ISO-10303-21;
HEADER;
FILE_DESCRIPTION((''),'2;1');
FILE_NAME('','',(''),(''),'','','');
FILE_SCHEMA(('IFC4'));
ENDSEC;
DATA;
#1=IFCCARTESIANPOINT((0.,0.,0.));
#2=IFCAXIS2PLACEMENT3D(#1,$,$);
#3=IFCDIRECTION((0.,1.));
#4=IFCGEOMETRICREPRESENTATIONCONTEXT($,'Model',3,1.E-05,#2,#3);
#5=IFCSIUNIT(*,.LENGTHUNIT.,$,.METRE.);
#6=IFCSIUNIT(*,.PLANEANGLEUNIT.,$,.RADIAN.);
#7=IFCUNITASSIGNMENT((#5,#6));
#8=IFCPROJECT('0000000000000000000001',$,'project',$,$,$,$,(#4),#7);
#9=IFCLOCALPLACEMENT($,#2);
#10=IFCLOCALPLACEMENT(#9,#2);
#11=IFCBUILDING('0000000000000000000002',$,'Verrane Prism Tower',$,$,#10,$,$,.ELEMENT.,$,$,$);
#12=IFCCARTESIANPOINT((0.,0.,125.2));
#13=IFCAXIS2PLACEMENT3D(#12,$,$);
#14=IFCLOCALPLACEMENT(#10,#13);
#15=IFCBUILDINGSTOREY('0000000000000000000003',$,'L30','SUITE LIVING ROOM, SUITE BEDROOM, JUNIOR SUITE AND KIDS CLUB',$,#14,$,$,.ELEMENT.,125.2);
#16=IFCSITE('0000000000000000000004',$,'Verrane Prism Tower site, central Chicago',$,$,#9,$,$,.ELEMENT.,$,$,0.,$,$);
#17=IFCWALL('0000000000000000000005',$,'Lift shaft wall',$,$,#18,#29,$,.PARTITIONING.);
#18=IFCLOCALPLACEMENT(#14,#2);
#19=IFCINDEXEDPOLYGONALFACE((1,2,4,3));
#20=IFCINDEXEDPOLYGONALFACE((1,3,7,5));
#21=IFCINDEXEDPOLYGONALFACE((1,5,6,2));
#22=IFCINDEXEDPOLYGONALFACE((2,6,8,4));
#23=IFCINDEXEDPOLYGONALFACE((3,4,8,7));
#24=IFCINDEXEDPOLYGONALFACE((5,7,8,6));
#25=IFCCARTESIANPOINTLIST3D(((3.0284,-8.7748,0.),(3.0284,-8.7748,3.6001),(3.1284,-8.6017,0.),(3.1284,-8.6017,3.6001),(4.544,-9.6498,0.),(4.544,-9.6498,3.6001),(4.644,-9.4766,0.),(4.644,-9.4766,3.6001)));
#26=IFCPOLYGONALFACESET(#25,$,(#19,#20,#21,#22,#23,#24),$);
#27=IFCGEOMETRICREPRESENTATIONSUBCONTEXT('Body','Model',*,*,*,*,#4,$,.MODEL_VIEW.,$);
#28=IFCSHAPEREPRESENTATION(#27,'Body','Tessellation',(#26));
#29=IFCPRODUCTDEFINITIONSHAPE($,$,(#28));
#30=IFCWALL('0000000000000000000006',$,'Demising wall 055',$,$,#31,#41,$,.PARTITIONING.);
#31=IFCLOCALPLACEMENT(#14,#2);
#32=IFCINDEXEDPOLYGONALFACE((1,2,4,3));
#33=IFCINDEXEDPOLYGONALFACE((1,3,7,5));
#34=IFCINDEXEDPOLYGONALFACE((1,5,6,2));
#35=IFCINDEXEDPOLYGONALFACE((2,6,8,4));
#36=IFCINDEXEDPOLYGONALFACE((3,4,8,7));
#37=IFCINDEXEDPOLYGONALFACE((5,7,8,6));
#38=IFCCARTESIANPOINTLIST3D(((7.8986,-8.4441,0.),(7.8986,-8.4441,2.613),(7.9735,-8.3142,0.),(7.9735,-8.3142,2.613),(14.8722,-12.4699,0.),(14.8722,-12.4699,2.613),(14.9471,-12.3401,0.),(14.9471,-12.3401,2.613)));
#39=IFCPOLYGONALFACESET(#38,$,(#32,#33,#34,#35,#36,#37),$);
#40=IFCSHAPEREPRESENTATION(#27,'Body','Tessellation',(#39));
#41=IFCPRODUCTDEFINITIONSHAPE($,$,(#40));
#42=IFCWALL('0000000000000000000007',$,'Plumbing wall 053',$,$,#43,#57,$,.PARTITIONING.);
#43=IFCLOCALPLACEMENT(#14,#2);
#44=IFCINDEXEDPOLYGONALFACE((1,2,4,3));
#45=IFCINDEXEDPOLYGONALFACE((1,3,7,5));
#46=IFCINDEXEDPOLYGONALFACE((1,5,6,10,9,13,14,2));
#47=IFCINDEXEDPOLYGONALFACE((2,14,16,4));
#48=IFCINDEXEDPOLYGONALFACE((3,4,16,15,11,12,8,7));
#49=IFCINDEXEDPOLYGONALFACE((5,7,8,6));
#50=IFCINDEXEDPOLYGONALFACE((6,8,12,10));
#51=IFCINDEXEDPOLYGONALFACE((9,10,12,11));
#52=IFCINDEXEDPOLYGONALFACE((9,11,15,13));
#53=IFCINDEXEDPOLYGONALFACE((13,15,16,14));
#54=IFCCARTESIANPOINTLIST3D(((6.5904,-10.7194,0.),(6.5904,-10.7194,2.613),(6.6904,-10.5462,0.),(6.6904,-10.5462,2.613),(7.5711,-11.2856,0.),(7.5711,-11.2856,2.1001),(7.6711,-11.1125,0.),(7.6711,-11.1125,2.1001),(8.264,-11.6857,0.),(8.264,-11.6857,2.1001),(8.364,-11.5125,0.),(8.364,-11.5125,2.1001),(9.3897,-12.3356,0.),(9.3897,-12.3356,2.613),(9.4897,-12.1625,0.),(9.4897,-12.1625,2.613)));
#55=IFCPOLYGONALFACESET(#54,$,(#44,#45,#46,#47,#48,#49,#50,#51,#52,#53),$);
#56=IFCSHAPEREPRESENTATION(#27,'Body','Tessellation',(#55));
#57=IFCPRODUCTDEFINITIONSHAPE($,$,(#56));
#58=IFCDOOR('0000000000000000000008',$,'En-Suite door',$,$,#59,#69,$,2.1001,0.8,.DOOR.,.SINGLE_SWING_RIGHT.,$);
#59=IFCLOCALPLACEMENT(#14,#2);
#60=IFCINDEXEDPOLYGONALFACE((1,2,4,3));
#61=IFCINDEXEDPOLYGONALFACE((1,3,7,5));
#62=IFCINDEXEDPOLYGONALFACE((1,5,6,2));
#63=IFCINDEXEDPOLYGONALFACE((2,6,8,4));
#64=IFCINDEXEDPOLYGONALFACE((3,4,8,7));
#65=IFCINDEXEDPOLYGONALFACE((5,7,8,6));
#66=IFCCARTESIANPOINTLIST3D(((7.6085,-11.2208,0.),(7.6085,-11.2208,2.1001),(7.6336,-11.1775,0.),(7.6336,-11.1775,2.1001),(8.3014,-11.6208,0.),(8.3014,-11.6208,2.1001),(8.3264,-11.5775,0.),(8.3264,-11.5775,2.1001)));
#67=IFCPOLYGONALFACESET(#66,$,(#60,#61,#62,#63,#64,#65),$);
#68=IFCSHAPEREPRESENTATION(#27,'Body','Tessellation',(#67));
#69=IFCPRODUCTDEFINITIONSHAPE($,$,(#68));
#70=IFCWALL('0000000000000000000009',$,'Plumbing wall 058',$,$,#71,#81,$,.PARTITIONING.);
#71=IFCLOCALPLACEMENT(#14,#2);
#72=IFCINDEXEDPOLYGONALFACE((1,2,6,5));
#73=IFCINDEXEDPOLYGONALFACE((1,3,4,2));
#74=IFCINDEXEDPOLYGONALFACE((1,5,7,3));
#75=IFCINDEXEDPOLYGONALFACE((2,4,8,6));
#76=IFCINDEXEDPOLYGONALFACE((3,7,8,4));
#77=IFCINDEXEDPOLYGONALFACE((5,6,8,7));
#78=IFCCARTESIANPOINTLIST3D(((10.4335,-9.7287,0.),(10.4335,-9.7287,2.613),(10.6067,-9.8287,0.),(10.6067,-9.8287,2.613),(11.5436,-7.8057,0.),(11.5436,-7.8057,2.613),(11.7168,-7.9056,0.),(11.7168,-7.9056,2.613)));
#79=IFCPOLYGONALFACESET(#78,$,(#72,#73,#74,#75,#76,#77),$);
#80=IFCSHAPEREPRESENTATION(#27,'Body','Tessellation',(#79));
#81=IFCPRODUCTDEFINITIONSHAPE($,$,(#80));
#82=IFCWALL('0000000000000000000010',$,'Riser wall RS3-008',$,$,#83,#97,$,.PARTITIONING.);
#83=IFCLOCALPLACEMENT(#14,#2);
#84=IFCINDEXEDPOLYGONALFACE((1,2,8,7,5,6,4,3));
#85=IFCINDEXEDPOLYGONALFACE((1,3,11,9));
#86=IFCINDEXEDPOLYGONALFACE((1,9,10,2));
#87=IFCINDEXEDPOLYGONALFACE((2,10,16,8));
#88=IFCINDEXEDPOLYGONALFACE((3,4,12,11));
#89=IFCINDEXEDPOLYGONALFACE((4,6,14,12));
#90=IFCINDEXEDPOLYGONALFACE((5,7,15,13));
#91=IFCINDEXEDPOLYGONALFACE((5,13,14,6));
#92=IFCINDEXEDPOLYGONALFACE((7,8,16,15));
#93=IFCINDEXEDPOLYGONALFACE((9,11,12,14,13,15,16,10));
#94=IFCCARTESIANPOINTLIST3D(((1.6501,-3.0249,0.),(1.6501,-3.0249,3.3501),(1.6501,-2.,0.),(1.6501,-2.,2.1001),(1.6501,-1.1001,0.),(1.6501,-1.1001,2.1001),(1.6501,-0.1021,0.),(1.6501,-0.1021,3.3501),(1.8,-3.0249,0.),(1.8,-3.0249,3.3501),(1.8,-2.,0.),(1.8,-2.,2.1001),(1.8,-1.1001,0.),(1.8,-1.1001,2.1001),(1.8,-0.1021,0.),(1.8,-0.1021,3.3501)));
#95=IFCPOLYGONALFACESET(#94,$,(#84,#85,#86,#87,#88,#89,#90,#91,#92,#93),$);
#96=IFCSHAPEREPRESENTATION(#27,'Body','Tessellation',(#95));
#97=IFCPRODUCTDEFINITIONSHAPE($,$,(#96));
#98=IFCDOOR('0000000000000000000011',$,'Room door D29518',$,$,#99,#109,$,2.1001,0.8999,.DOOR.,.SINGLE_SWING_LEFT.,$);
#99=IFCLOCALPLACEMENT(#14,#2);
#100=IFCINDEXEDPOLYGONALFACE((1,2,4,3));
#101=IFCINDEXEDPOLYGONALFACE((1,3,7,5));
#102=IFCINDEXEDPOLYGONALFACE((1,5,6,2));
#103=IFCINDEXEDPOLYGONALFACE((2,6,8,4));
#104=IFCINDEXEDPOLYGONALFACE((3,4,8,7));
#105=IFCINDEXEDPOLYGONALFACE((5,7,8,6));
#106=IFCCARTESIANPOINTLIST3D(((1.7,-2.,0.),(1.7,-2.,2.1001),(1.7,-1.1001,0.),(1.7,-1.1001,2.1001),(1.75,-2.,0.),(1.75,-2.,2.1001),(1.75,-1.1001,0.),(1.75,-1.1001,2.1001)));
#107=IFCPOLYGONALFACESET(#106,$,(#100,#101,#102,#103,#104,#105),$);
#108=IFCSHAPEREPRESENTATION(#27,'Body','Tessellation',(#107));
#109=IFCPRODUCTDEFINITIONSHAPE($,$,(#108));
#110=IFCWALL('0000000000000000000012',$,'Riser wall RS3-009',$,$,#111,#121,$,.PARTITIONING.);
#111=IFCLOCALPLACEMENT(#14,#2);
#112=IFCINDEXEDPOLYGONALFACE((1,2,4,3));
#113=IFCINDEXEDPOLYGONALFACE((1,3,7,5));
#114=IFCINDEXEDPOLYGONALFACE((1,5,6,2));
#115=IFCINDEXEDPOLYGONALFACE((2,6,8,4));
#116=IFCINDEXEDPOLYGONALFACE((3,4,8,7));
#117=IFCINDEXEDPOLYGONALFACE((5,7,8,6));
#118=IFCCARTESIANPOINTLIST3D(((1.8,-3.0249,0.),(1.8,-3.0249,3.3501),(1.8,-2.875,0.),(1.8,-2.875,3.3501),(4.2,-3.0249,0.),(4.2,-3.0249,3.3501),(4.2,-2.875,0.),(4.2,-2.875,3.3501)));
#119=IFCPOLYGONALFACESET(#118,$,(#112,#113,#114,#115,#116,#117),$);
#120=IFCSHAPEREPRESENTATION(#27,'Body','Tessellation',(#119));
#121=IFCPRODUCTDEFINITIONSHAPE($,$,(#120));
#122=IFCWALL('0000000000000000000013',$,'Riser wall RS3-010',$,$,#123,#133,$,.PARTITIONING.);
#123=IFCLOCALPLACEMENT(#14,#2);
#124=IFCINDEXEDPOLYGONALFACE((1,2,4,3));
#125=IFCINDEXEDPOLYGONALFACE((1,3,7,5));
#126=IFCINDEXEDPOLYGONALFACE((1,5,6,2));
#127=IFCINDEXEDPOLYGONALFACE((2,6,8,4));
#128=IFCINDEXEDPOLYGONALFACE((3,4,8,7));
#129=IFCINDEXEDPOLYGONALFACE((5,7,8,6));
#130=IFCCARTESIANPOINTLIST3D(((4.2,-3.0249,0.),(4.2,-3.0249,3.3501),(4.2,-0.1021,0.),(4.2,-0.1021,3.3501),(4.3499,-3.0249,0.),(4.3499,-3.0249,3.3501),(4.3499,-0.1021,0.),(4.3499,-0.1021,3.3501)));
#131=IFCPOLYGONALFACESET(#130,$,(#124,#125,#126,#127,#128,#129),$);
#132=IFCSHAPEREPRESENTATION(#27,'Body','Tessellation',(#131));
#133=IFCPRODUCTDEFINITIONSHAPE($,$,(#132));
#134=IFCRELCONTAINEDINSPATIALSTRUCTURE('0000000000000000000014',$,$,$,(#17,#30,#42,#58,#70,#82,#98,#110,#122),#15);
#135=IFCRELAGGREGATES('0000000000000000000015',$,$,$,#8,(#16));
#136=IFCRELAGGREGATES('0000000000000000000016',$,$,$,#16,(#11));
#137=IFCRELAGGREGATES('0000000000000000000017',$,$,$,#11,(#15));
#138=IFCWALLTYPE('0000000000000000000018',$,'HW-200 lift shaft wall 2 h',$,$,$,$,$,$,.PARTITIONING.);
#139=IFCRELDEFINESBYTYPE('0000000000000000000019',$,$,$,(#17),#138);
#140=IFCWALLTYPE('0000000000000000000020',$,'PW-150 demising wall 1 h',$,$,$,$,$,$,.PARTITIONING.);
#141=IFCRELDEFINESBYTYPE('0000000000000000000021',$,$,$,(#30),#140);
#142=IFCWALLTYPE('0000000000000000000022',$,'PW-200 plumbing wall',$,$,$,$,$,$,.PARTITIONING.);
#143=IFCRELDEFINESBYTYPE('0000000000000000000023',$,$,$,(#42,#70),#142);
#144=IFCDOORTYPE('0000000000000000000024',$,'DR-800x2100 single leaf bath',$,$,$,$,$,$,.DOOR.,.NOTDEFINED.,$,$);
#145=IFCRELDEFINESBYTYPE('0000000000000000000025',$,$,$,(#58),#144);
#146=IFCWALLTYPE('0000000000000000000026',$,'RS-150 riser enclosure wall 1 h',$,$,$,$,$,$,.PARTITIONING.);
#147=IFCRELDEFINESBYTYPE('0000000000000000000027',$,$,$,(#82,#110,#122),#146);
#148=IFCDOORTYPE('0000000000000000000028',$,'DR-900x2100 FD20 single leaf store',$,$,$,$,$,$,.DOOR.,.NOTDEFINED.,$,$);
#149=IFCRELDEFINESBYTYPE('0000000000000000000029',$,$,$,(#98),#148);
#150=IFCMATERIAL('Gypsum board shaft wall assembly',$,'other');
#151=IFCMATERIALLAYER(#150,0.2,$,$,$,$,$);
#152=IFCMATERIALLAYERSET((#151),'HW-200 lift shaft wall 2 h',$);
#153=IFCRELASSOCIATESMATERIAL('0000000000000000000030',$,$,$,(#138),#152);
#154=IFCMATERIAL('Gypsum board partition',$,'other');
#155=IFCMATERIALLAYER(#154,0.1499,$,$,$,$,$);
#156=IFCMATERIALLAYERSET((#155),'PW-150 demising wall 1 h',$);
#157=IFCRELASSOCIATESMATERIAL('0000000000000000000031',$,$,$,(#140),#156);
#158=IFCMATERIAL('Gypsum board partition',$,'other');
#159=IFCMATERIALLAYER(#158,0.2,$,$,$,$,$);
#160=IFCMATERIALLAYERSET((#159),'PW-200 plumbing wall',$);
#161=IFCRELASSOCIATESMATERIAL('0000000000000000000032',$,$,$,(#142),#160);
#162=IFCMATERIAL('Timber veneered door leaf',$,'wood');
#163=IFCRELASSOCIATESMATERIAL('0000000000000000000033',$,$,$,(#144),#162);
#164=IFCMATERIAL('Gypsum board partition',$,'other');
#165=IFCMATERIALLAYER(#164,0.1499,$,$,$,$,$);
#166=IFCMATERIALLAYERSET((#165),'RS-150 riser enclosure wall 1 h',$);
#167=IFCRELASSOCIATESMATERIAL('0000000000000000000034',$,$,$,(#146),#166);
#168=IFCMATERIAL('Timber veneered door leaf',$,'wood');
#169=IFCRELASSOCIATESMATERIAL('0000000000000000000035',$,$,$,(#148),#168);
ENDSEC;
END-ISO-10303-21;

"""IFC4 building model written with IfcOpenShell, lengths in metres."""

from ifc_helpers import new_model, si_unit, direction, frame, frame_2d, origin, place, context, subcontext, project, spatial, rectangle, extrude, material, layer, layer_set, type_object, element, fill, save


model = new_model("IFC4")

# Units and contexts
model_context = context("Model", 3, precision=1e-05, world=origin(), true_north=direction((0.0, 1.0)))
body_context = subcontext(model_context, "Body", "Model", "MODEL_VIEW")
ifc_project = project(units=[si_unit("LENGTHUNIT", "METRE"), si_unit("PLANEANGLEUNIT", "RADIAN")], contexts=[model_context])

# Site, building, storey
site_placement = place(None, origin())
site = spatial("IfcSite", under=ifc_project, at=site_placement, Name="Verrane Prism Tower site, central Chicago", CompositionType="ELEMENT", RefElevation=0.0)
building_placement = place(site_placement, origin())
building = spatial("IfcBuilding", under=site, at=building_placement, Name="Verrane Prism Tower", CompositionType="ELEMENT")
storey_placement = place(building_placement, frame((0.0, 0.0, 125.2)))
storey = spatial("IfcBuildingStorey", under=building, at=storey_placement, Name="L30", Description="SUITE LIVING ROOM, SUITE BEDROOM, JUNIOR SUITE AND KIDS CLUB", CompositionType="ELEMENT", Elevation=125.2)

# Shared definitions
ifc_material_1 = material(Name="Gypsum board shaft wall assembly", Category="other")
ifc_layer_1 = layer(ifc_material_1, 0.2)
ifc_layer_set_1 = layer_set([ifc_layer_1], Name="HW-200 lift shaft wall 2 h")
wall_type_1 = type_object("IfcWallType", Name="HW-200 lift shaft wall 2 h", PredefinedType="PARTITIONING", material=ifc_layer_set_1)

# Walls
wall_1_placement = place(storey_placement, frame((4.594, -9.5632, 0.0), z_axis=(0.0, 0.0, 1.0), x_axis=(-0.866037, 0.49998, 0.0)))
element("IfcWall", 1, at=wall_1_placement, inside=storey, type_object=wall_type_1, Name="Lift shaft wall", PredefinedType="PARTITIONING", context=body_context, shape_type="SweptSolid", body=[
    extrude(rectangle(XDim=1.75, YDim=0.2, at=frame_2d((0.875, 0.0))), origin(), (0.0, 0.0, 1.0), 3.6001),
])
ifc_material_2 = material(Name="Gypsum board partition", Category="other")
ifc_layer_2 = layer(ifc_material_2, 0.1499)
ifc_layer_set_2 = layer_set([ifc_layer_2], Name="PW-150 demising wall 1 h")
wall_type_2 = type_object("IfcWallType", Name="PW-150 demising wall 1 h", PredefinedType="PARTITIONING", material=ifc_layer_set_2)
wall_2_placement = place(storey_placement, frame((7.936, -8.3792, 0.0), z_axis=(0.0, 0.0, 1.0), x_axis=(0.866044, -0.499967, 0.0)))
element("IfcWall", 2, at=wall_2_placement, inside=storey, type_object=wall_type_2, Name="Demising wall 055", PredefinedType="PARTITIONING", context=body_context, shape_type="SweptSolid", body=[
    extrude(rectangle(XDim=8.0522, YDim=0.1499, at=frame_2d((4.0261, 0.0))), origin(), (0.0, 0.0, 1.0), 2.613),
])

# Wall, opening, door
ifc_material_3 = material(Name="Gypsum board partition", Category="other")
ifc_layer_3 = layer(ifc_material_3, 0.2)
ifc_layer_set_3 = layer_set([ifc_layer_3], Name="PW-200 plumbing wall")
wall_type_3 = type_object("IfcWallType", Name="PW-200 plumbing wall", PredefinedType="PARTITIONING", material=ifc_layer_set_3)
wall_3_placement = place(storey_placement, frame((6.6404, -10.6328, 0.0), z_axis=(0.0, 0.0, 1.0), x_axis=(0.866022, -0.500006, 0.0)))
wall_3 = element("IfcWall", 3, at=wall_3_placement, inside=storey, type_object=wall_type_3, Name="Plumbing wall 053", PredefinedType="PARTITIONING", context=body_context, shape_type="SweptSolid", body=[
    extrude(rectangle(XDim=3.2324, YDim=0.2, at=frame_2d((1.6162, 0.0))), origin(), (0.0, 0.0, 1.0), 2.613),
])
opening_1_placement = place(wall_3_placement, frame((1.1326, 0.0, 0.0)))
opening_1 = element("IfcOpeningElement", 4, at=opening_1_placement, cuts=wall_3, PredefinedType="OPENING", context=body_context, shape_type="SweptSolid", body=[
    extrude(rectangle(XDim=0.8, YDim=2.1001, at=frame_2d((0.3999, 1.05))), frame((0.0, 0.1099, 0.0), z_axis=(0.0, -1.0, 0.0), x_axis=(1.0, 0.0, 0.0)), (0.0, 0.0, 1.0), 0.22),
])
ifc_material_4 = material(Name="Timber veneered door leaf", Category="wood")
door_type_1 = type_object("IfcDoorType", Name="DR-800x2100 single leaf bath", OperationType="NOTDEFINED", PredefinedType="DOOR", material=ifc_material_4)
door_1_placement = place(opening_1_placement, origin())
door_1 = element("IfcDoor", 5, at=door_1_placement, inside=storey, type_object=door_type_1, Name="En-Suite door", OperationType="SINGLE_SWING_RIGHT", OverallHeight=2.1001, OverallWidth=0.8, PredefinedType="DOOR", context=body_context, shape_type="SweptSolid", body=[
    extrude(rectangle(XDim=0.8, YDim=2.1001, at=frame_2d((0.3999, 1.05))), frame((0.0, 0.0249, 0.0), z_axis=(0.0, -1.0, 0.0), x_axis=(1.0, 0.0, 0.0)), (0.0, 0.0, 1.0), 0.05),
])
fill(opening_1, door_1)

# Wall
wall_4_placement = place(storey_placement, frame((10.52, -9.7788, 0.0), z_axis=(0.0, 0.0, 1.0), x_axis=(0.499935, 0.866063, 0.0)))
element("IfcWall", 6, at=wall_4_placement, inside=storey, type_object=wall_type_3, Name="Plumbing wall 058", PredefinedType="PARTITIONING", context=body_context, shape_type="SweptSolid", body=[
    extrude(rectangle(XDim=2.2205, YDim=0.2, at=frame_2d((1.1104, 0.0))), origin(), (0.0, 0.0, 1.0), 2.613),
])

# Wall, opening, door
ifc_material_5 = material(Name="Gypsum board partition", Category="other")
ifc_layer_4 = layer(ifc_material_5, 0.1499)
ifc_layer_set_4 = layer_set([ifc_layer_4], Name="RS-150 riser enclosure wall 1 h")
wall_type_4 = type_object("IfcWallType", Name="RS-150 riser enclosure wall 1 h", PredefinedType="PARTITIONING", material=ifc_layer_set_4)
wall_5_placement = place(storey_placement, frame((1.7251, -0.1021, 0.0), z_axis=(0.0, 0.0, 1.0), x_axis=(0.0, -1.0, 0.0)))
wall_5 = element("IfcWall", 7, at=wall_5_placement, inside=storey, type_object=wall_type_4, Name="Riser wall RS3-008", PredefinedType="PARTITIONING", context=body_context, shape_type="SweptSolid", body=[
    extrude(rectangle(XDim=2.9229, YDim=0.1499, at=frame_2d((1.4614, 0.0))), origin(), (0.0, 0.0, 1.0), 3.3501),
])
opening_2_placement = place(wall_5_placement, frame((0.998, 0.0, 0.0)))
opening_2 = element("IfcOpeningElement", 8, at=opening_2_placement, cuts=wall_5, PredefinedType="OPENING", context=body_context, shape_type="SweptSolid", body=[
    extrude(rectangle(XDim=0.8999, YDim=2.1001, at=frame_2d((0.45, 1.05))), frame((0.0, 0.085, 0.0), z_axis=(0.0, -1.0, 0.0), x_axis=(1.0, 0.0, 0.0)), (0.0, 0.0, 1.0), 0.1699),
])
ifc_material_6 = material(Name="Timber veneered door leaf", Category="wood")
door_type_2 = type_object("IfcDoorType", Name="DR-900x2100 FD20 single leaf store", OperationType="NOTDEFINED", PredefinedType="DOOR", material=ifc_material_6)
door_2_placement = place(opening_2_placement, origin())
door_2 = element("IfcDoor", 9, at=door_2_placement, inside=storey, type_object=door_type_2, Name="Room door D29518", OperationType="SINGLE_SWING_LEFT", OverallHeight=2.1001, OverallWidth=0.8999, PredefinedType="DOOR", context=body_context, shape_type="SweptSolid", body=[
    extrude(rectangle(XDim=0.8999, YDim=2.1001, at=frame_2d((0.45, 1.05))), frame((0.0, 0.0249, 0.0), z_axis=(0.0, -1.0, 0.0), x_axis=(1.0, 0.0, 0.0)), (0.0, 0.0, 1.0), 0.05),
])
fill(opening_2, door_2)

# Walls
wall_6_placement = place(storey_placement, frame((1.8, -2.95, 0.0), z_axis=(0.0, 0.0, 1.0), x_axis=(1.0, 0.0, 0.0)))
element("IfcWall", 10, at=wall_6_placement, inside=storey, type_object=wall_type_4, Name="Riser wall RS3-009", PredefinedType="PARTITIONING", context=body_context, shape_type="SweptSolid", body=[
    extrude(rectangle(XDim=2.3999, YDim=0.1499, at=frame_2d((1.2, 0.0))), origin(), (0.0, 0.0, 1.0), 3.3501),
])
wall_7_placement = place(storey_placement, frame((4.2749, -3.0249, 0.0), z_axis=(0.0, 0.0, 1.0), x_axis=(0.0, 1.0, 0.0)))
element("IfcWall", 11, at=wall_7_placement, inside=storey, type_object=wall_type_4, Name="Riser wall RS3-010", PredefinedType="PARTITIONING", context=body_context, shape_type="SweptSolid", body=[
    extrude(rectangle(XDim=2.9229, YDim=0.1499, at=frame_2d((1.4614, 0.0))), origin(), (0.0, 0.0, 1.0), 3.3501),
])

save(model, "model.ifc")
